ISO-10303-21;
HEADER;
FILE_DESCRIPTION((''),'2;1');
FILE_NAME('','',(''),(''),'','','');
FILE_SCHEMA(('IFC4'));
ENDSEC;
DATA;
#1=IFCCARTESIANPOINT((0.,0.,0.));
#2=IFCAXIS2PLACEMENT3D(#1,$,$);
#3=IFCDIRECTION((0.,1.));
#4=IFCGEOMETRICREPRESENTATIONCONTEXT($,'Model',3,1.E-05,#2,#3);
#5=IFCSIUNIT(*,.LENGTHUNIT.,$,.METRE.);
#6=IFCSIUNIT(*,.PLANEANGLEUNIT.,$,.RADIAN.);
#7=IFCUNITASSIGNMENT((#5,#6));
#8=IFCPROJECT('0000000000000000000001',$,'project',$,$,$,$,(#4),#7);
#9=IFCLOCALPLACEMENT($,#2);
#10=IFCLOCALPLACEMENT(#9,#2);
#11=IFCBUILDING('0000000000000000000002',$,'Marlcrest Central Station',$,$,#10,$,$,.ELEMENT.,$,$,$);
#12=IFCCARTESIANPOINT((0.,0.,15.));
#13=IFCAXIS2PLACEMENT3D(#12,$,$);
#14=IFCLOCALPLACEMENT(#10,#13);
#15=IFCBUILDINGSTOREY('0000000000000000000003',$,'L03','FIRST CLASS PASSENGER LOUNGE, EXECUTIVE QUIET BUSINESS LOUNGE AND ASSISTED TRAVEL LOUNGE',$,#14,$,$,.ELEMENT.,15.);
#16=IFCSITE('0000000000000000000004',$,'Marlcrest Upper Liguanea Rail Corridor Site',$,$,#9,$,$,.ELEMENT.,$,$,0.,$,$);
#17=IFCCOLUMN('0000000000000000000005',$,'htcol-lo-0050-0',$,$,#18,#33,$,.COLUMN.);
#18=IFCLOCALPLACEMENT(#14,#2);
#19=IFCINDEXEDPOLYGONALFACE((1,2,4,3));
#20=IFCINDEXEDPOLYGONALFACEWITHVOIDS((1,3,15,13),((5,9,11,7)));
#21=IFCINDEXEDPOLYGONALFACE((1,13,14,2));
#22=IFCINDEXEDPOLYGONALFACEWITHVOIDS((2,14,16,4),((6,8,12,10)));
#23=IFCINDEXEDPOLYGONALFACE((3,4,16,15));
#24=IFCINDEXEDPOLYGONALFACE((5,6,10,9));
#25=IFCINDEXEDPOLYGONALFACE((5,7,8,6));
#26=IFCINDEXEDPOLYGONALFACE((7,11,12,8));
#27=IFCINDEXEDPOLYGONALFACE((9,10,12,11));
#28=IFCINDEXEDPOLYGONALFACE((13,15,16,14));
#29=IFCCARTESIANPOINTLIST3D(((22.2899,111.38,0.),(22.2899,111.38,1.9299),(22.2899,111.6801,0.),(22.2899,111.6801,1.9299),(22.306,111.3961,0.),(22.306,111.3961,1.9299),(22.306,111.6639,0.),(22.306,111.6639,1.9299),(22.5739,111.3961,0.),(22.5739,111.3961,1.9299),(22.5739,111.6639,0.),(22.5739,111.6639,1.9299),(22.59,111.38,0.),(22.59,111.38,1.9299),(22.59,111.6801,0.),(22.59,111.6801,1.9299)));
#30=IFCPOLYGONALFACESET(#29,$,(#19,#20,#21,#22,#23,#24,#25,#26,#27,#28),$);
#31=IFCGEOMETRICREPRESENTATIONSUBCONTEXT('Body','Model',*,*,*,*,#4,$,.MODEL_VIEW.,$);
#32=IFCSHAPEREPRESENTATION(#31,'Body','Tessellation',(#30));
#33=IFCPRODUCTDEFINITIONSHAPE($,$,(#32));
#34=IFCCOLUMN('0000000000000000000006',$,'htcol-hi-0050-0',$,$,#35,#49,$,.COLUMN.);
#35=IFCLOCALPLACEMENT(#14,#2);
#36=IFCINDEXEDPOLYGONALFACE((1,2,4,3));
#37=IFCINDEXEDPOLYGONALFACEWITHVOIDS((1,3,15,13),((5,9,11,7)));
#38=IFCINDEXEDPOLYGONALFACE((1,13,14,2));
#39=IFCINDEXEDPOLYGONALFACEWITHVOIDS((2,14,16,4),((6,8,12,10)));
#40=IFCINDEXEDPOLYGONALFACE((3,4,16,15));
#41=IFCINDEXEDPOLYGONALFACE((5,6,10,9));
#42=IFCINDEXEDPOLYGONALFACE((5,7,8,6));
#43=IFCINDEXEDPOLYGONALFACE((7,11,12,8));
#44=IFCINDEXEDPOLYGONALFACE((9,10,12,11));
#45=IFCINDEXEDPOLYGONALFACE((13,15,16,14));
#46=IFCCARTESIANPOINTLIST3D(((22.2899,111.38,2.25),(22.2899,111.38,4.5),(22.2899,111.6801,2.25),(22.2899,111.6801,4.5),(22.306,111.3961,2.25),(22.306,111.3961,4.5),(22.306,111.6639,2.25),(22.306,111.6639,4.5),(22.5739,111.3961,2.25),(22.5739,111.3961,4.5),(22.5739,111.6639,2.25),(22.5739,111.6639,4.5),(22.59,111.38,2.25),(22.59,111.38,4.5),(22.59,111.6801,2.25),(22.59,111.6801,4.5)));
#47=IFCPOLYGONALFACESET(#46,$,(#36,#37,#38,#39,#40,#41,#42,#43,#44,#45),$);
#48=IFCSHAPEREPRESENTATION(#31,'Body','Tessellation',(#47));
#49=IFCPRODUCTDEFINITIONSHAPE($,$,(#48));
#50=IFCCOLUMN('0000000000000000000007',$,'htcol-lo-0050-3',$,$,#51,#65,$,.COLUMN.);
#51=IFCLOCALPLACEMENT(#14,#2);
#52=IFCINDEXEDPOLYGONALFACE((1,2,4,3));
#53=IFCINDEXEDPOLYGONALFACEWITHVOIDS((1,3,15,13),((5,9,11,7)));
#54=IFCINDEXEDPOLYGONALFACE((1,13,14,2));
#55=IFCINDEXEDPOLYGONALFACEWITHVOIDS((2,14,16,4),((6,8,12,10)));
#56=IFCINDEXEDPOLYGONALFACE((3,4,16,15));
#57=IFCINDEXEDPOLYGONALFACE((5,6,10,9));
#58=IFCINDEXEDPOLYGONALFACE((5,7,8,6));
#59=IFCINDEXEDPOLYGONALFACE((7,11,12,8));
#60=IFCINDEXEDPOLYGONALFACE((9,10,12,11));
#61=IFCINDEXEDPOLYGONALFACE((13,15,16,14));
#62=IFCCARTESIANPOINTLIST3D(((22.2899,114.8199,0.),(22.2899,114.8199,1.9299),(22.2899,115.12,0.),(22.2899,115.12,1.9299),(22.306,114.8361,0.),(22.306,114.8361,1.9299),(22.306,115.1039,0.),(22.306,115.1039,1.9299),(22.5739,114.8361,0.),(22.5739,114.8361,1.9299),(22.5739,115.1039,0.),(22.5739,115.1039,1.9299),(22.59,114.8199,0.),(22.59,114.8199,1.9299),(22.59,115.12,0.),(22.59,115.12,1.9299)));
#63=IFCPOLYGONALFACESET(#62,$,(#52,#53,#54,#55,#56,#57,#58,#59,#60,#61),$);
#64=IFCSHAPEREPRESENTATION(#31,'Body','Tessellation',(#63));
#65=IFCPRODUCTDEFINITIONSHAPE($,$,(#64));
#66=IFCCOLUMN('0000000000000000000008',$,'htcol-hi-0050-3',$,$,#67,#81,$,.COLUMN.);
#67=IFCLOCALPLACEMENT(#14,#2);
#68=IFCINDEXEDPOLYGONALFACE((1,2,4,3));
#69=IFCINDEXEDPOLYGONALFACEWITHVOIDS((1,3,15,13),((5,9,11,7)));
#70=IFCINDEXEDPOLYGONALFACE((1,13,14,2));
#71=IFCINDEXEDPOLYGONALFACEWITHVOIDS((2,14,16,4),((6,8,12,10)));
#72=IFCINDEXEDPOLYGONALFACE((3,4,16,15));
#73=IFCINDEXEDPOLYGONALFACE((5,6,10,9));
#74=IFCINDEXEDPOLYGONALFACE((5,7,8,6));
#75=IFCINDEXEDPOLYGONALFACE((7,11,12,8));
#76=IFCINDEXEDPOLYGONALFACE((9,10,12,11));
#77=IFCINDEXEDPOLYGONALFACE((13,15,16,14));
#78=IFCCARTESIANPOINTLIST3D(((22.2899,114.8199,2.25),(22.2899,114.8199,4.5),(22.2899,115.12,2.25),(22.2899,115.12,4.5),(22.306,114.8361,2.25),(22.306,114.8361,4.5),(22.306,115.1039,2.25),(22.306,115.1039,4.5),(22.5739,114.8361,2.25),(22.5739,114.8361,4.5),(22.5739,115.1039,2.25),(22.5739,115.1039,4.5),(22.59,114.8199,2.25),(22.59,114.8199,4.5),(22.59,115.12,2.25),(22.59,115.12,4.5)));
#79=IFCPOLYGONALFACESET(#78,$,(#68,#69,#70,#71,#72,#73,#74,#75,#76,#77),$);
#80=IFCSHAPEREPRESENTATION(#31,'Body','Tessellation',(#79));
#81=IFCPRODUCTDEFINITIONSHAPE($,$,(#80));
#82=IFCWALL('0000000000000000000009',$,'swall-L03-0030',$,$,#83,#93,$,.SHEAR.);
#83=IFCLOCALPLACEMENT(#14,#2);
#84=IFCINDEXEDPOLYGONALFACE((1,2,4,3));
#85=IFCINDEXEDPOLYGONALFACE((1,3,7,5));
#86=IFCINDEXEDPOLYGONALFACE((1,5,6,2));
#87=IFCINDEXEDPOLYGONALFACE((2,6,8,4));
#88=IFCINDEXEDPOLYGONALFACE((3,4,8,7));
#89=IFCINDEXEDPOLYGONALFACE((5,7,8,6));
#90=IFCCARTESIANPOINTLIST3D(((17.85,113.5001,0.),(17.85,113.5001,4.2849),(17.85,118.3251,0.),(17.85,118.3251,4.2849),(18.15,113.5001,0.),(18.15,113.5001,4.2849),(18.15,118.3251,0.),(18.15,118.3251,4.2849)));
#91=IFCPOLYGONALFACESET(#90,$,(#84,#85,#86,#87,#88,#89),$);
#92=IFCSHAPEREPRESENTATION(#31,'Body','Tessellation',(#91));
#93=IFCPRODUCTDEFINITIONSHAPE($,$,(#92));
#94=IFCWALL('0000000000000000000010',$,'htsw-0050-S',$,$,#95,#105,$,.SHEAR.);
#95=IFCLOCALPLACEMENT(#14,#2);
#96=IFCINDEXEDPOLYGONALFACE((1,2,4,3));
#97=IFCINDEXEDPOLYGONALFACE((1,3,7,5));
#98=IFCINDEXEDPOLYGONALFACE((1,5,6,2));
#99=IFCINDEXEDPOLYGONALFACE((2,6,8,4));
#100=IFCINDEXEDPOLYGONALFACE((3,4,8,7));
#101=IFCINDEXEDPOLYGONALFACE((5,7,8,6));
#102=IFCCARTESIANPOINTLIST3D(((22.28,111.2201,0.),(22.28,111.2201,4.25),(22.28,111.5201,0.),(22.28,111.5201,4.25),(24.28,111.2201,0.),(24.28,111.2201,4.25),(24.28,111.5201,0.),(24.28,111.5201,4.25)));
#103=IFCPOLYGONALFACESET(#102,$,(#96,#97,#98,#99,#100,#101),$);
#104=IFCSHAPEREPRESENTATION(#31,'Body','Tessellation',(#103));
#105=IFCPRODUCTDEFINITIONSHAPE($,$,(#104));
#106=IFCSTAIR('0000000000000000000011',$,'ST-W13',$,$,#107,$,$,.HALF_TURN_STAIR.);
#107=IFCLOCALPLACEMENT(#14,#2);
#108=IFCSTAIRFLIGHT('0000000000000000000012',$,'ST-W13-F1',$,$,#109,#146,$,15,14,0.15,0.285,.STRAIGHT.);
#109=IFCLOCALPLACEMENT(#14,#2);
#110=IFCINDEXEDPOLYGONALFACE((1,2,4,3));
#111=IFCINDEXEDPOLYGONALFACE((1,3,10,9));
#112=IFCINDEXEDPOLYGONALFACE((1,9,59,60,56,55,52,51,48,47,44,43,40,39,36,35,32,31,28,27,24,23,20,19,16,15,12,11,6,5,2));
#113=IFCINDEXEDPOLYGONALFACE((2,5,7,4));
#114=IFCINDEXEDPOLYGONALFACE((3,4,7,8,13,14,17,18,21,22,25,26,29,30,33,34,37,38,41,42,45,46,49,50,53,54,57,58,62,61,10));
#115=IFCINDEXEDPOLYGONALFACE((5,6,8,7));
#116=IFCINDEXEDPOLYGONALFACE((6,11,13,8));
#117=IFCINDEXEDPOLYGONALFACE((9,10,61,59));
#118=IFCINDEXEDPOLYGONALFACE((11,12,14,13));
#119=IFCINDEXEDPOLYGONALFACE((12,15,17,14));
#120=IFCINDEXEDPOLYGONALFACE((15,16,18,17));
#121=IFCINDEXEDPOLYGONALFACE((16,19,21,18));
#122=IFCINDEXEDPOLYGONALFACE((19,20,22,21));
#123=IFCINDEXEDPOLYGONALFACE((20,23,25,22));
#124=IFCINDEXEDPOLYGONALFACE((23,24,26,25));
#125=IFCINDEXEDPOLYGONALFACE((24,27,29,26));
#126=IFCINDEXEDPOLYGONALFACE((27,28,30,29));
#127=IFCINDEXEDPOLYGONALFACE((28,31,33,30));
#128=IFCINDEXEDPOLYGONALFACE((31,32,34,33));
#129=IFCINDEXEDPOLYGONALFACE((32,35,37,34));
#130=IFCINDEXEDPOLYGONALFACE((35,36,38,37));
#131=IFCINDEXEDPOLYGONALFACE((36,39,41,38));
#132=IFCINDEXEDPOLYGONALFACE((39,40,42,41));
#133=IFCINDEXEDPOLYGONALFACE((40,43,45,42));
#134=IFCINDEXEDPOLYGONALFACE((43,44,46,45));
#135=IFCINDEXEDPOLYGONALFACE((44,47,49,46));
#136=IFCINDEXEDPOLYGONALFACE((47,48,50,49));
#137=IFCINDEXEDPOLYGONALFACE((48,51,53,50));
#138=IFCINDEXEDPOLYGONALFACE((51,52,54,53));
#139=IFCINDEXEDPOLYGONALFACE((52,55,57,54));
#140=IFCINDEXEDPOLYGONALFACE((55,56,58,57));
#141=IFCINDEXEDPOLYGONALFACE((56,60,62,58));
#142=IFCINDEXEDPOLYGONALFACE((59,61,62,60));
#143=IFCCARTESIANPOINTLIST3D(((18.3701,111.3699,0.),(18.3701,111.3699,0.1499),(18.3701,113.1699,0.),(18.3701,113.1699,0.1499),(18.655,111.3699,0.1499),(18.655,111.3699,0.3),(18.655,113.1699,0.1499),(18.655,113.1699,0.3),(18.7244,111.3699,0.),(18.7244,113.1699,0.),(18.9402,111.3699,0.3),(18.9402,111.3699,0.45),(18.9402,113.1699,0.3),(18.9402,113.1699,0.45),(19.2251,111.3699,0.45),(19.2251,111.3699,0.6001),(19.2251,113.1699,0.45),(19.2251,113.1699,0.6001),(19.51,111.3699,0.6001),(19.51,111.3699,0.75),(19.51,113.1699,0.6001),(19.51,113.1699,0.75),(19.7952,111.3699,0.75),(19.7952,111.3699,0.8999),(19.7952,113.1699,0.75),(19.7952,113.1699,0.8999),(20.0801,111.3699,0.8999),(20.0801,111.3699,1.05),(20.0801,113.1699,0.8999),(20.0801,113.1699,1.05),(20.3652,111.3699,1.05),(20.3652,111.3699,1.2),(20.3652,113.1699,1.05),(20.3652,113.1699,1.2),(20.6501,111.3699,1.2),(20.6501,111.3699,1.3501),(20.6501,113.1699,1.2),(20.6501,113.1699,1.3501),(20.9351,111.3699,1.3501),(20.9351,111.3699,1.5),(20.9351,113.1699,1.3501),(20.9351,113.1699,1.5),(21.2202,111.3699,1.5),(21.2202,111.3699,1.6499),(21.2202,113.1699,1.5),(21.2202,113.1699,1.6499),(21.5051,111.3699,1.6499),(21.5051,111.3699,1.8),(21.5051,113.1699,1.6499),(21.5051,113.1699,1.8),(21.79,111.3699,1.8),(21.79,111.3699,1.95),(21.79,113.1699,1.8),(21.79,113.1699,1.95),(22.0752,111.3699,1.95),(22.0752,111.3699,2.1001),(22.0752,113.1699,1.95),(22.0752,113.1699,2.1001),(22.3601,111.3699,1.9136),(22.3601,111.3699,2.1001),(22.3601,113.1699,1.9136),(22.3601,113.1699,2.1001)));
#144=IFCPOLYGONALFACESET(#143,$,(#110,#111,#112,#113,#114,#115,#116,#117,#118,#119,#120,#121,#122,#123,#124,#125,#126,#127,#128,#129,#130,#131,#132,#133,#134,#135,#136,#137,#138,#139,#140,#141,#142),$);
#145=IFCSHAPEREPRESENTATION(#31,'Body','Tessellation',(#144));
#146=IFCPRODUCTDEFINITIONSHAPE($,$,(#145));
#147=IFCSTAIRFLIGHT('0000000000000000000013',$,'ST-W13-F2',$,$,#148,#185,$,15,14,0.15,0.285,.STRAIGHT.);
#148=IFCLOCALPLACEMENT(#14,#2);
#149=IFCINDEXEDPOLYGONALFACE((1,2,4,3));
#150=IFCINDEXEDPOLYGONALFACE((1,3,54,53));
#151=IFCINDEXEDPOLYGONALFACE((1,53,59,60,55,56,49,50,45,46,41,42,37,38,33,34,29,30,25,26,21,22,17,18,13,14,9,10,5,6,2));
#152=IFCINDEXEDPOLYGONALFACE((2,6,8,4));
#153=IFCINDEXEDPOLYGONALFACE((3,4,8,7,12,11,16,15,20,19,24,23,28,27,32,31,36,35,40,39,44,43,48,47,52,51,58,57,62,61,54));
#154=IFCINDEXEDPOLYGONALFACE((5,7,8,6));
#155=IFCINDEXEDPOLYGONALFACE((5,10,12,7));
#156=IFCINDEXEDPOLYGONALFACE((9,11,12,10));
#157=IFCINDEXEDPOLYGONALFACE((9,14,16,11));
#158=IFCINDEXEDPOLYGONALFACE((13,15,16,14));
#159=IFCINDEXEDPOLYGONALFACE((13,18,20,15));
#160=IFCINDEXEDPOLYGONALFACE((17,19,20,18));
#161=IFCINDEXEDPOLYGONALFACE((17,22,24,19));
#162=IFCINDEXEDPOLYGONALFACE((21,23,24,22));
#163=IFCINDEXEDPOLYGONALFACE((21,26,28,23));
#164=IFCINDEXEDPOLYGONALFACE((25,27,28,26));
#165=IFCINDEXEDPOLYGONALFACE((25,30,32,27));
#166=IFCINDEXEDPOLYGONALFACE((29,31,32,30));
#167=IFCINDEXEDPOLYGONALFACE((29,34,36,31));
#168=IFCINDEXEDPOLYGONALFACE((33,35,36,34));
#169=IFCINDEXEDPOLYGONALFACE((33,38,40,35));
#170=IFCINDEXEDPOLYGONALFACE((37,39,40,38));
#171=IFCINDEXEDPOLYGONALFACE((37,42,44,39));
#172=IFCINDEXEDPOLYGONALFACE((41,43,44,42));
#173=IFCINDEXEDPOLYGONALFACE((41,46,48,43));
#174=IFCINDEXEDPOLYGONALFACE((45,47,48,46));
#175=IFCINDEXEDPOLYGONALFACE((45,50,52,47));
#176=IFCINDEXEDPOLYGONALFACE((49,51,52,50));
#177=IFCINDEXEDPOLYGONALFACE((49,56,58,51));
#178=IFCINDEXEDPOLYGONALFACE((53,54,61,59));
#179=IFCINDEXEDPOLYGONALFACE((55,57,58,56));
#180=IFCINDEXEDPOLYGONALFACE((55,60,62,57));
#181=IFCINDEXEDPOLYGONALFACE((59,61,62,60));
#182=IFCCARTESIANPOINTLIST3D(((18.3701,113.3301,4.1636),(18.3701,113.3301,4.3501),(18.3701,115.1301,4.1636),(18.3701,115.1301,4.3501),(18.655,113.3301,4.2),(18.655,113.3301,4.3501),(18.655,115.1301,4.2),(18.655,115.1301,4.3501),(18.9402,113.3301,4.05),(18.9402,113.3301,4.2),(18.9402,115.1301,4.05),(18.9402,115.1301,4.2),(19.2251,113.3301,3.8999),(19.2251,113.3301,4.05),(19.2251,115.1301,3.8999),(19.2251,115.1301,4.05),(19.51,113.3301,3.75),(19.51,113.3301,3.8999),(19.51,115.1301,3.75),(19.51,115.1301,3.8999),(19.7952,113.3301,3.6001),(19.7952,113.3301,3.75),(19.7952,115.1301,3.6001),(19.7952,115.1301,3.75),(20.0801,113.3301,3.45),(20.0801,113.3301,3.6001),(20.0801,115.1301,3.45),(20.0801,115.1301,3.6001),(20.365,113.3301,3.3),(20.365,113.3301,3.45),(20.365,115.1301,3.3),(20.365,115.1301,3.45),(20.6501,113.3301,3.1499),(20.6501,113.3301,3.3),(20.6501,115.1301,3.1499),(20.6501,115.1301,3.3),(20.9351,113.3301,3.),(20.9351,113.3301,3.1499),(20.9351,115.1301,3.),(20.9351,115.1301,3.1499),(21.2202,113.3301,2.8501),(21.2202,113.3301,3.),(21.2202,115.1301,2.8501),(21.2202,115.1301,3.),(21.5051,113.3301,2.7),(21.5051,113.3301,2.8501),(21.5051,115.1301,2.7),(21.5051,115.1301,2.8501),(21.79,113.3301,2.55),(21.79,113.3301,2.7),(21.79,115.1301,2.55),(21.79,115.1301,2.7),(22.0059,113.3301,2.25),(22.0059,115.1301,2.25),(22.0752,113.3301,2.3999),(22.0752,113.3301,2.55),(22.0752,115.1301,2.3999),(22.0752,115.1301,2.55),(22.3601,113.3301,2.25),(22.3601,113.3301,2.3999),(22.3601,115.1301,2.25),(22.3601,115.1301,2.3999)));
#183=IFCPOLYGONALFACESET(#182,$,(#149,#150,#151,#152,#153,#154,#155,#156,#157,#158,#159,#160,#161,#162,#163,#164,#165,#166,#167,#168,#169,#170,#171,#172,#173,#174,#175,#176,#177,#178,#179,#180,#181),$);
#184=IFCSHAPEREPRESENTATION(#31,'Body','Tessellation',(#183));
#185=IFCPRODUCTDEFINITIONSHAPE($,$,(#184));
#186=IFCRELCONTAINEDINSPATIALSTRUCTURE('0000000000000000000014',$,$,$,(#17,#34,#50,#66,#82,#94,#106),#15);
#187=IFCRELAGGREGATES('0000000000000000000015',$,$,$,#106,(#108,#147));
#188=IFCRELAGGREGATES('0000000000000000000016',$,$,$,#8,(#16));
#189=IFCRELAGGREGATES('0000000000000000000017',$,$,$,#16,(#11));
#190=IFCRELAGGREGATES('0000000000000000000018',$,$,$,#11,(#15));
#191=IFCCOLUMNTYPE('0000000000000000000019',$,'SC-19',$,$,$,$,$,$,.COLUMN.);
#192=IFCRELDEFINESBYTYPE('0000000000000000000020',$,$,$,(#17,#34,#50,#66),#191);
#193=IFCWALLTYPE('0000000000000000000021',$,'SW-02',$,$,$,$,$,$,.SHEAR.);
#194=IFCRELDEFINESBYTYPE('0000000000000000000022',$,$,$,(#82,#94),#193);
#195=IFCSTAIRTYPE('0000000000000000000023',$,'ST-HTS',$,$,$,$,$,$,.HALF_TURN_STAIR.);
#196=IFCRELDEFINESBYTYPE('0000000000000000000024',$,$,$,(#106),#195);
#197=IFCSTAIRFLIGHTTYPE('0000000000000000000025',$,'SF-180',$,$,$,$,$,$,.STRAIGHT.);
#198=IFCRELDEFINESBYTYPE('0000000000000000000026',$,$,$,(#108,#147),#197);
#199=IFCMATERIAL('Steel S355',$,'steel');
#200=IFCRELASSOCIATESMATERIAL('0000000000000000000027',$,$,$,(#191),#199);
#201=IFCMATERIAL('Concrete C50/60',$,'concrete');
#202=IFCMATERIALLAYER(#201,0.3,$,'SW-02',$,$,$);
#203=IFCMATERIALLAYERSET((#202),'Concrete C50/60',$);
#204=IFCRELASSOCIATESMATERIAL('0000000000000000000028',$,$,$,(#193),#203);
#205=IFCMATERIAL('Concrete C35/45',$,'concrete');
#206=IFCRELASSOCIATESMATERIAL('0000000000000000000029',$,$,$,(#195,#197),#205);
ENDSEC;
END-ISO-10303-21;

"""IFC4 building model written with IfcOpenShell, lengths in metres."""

from ifc_helpers import new_model, si_unit, direction, frame, frame_2d, origin, origin_2d, place, context, subcontext, project, spatial, polyline, rectangle, hollow_rectangle, outline, extrude, material, layer, layer_set, material_profile, profile_set, type_object, element, aggregate, save


model = new_model("IFC4")

# Units and contexts
model_context = context("Model", 3, precision=1e-05, world=origin(), true_north=direction((0.0, 1.0)))
body_context = subcontext(model_context, "Body", "Model", "MODEL_VIEW")
ifc_project = project(units=[si_unit("LENGTHUNIT", "METRE"), si_unit("PLANEANGLEUNIT", "RADIAN")], contexts=[model_context])

# Site, building, storey
site_placement = place(None, origin())
site = spatial("IfcSite", under=ifc_project, at=site_placement, Name="Marlcrest Upper Liguanea Rail Corridor Site", CompositionType="ELEMENT", RefElevation=0.0)
building_placement = place(site_placement, origin())
building = spatial("IfcBuilding", under=site, at=building_placement, Name="Marlcrest Central Station", CompositionType="ELEMENT")
storey_placement = place(building_placement, frame((0.0, 0.0, 15.0)))
storey = spatial("IfcBuildingStorey", under=building, at=storey_placement, Name="L03", Description="FIRST CLASS PASSENGER LOUNGE, EXECUTIVE QUIET BUSINESS LOUNGE AND ASSISTED TRAVEL LOUNGE", CompositionType="ELEMENT", Elevation=15.0)

# Columns
ifc_material_1 = material(Name="Steel S355", Category="steel")
ifc_material_profile = material_profile(ifc_material_1, hollow_rectangle(XDim=0.3, YDim=0.3, WallThickness=0.0161, at=origin_2d()), Name="SHS 300x300x16")
ifc_profile_set = profile_set([ifc_material_profile], Name="Steel S355")
column_type = type_object("IfcColumnType", Name="SC-19", PredefinedType="COLUMN", material=ifc_profile_set)
column_1_placement = place(storey_placement, frame((22.4399, 111.53, 0.0), z_axis=(0.0, 0.0, 1.0), x_axis=(1.0, 0.0, 0.0)))
element("IfcColumn", 1, at=column_1_placement, inside=storey, type_object=column_type, Name="htcol-lo-0050-0", PredefinedType="COLUMN", context=body_context, shape_type="SweptSolid", body=[
    extrude(hollow_rectangle(XDim=0.3, YDim=0.3, WallThickness=0.0161, at=origin_2d()), origin(), (0.0, 0.0, 1.0), 1.9299),
])
column_2_placement = place(storey_placement, frame((22.4399, 111.53, 2.25), z_axis=(0.0, 0.0, 1.0), x_axis=(1.0, 0.0, 0.0)))
element("IfcColumn", 2, at=column_2_placement, inside=storey, type_object=column_type, Name="htcol-hi-0050-0", PredefinedType="COLUMN", context=body_context, shape_type="SweptSolid", body=[
    extrude(hollow_rectangle(XDim=0.3, YDim=0.3, WallThickness=0.0161, at=origin_2d()), origin(), (0.0, 0.0, 1.0), 2.25),
])
column_3_placement = place(storey_placement, frame((22.4399, 114.97, 0.0), z_axis=(0.0, 0.0, 1.0), x_axis=(1.0, 0.0, 0.0)))
element("IfcColumn", 3, at=column_3_placement, inside=storey, type_object=column_type, Name="htcol-lo-0050-3", PredefinedType="COLUMN", context=body_context, shape_type="SweptSolid", body=[
    extrude(hollow_rectangle(XDim=0.3, YDim=0.3, WallThickness=0.0161, at=origin_2d()), origin(), (0.0, 0.0, 1.0), 1.9299),
])
column_4_placement = place(storey_placement, frame((22.4399, 114.97, 2.25), z_axis=(0.0, 0.0, 1.0), x_axis=(1.0, 0.0, 0.0)))
element("IfcColumn", 4, at=column_4_placement, inside=storey, type_object=column_type, Name="htcol-hi-0050-3", PredefinedType="COLUMN", context=body_context, shape_type="SweptSolid", body=[
    extrude(hollow_rectangle(XDim=0.3, YDim=0.3, WallThickness=0.0161, at=origin_2d()), origin(), (0.0, 0.0, 1.0), 2.25),
])

# Walls
ifc_material_2 = material(Name="Concrete C50/60", Category="concrete")
ifc_layer = layer(ifc_material_2, 0.3, Name="SW-02")
ifc_layer_set = layer_set([ifc_layer], Name="Concrete C50/60")
wall_type = type_object("IfcWallType", Name="SW-02", PredefinedType="SHEAR", material=ifc_layer_set)
wall_1_placement = place(storey_placement, frame((18.0, 113.5, 0.0), z_axis=(0.0, 0.0, 1.0), x_axis=(0.0, 1.0, 0.0)))
element("IfcWall", 5, at=wall_1_placement, inside=storey, type_object=wall_type, Name="swall-L03-0030", PredefinedType="SHEAR", context=body_context, shape_type="SweptSolid", body=[
    extrude(rectangle(XDim=4.825, YDim=0.3, at=frame_2d((2.4126, 0.0))), origin(), (0.0, 0.0, 1.0), 4.2849),
])
wall_2_placement = place(storey_placement, frame((22.28, 111.3701, 0.0), z_axis=(0.0, 0.0, 1.0), x_axis=(1.0, 0.0, 0.0)))
element("IfcWall", 6, at=wall_2_placement, inside=storey, type_object=wall_type, Name="htsw-0050-S", PredefinedType="SHEAR", context=body_context, shape_type="SweptSolid", body=[
    extrude(rectangle(XDim=2.0, YDim=0.3, at=frame_2d((1.0, 0.0))), origin(), (0.0, 0.0, 1.0), 4.25),
])

# Stair, stair flights
ifc_material_3 = material(Name="Concrete C35/45", Category="concrete")
stair_type = type_object("IfcStairType", Name="ST-HTS", PredefinedType="HALF_TURN_STAIR", material=ifc_material_3)
stair_placement = place(storey_placement, origin())
stair = element("IfcStair", 7, at=stair_placement, inside=storey, type_object=stair_type, Name="ST-W13", PredefinedType="HALF_TURN_STAIR")
stair_flight_type = type_object("IfcStairFlightType", Name="SF-180", PredefinedType="STRAIGHT", material=ifc_material_3)
stair_flight_1_placement = place(storey_placement, frame((18.3701, 112.27, 0.0), z_axis=(0.0, 0.0, 1.0), x_axis=(1.0, 0.0, 0.0)))
stair_flight_1 = element("IfcStairFlight", 8, at=stair_flight_1_placement, type_object=stair_flight_type, Name="ST-W13-F1", NumberOfRisers=15, NumberOfTreads=14, PredefinedType="STRAIGHT", RiserHeight=0.15, TreadLength=0.285, context=body_context, shape_type="SweptSolid", body=[
    extrude(outline(polyline([(0.0, 0.0), (0.0, 0.1499), (0.2849, 0.1499), (0.2849, 0.3), (0.5701, 0.3), (0.5701, 0.45), (0.855, 0.45), (0.855, 0.6001), (1.1399, 0.6001), (1.1399, 0.75), (1.425, 0.75), (1.425, 0.8999), (1.71, 0.8999), (1.71, 1.05), (1.9951, 1.05), (1.9951, 1.2), (2.28, 1.2), (2.28, 1.3501), (2.5649, 1.3501), (2.5649, 1.5), (2.8501, 1.5), (2.8501, 1.6499), (3.135, 1.6499), (3.135, 1.8), (3.4199, 1.8), (3.4199, 1.95), (3.7051, 1.95), (3.7051, 2.1001), (3.99, 2.1001), (3.99, 2.25), (3.99, 1.9136), (0.3542, 0.0), (0.0, 0.0)])), frame((0.0, 0.8999, 0.0), z_axis=(0.0, -1.0, 0.0), x_axis=(1.0, 0.0, 0.0)), (0.0, 0.0, 1.0), 1.8),
])
stair_flight_2_placement = place(storey_placement, frame((22.3601, 114.23, 2.25), z_axis=(0.0, 0.0, 1.0), x_axis=(-1.0, 0.0, 0.0)))
stair_flight_2 = element("IfcStairFlight", 9, at=stair_flight_2_placement, type_object=stair_flight_type, Name="ST-W13-F2", NumberOfRisers=15, NumberOfTreads=14, PredefinedType="STRAIGHT", RiserHeight=0.15, TreadLength=0.285, context=body_context, shape_type="SweptSolid", body=[
    extrude(outline(polyline([(0.0, 0.0), (0.0, 0.1499), (0.2849, 0.1499), (0.2849, 0.3), (0.5701, 0.3), (0.5701, 0.45), (0.855, 0.45), (0.855, 0.6001), (1.1399, 0.6001), (1.1399, 0.75), (1.425, 0.75), (1.425, 0.8999), (1.71, 0.8999), (1.71, 1.05), (1.9951, 1.05), (1.9951, 1.2), (2.28, 1.2), (2.28, 1.3501), (2.5649, 1.3501), (2.5649, 1.5), (2.8501, 1.5), (2.8501, 1.6499), (3.135, 1.6499), (3.135, 1.8), (3.4199, 1.8), (3.4199, 1.95), (3.7051, 1.95), (3.7051, 2.1001), (3.99, 2.1001), (3.99, 2.25), (3.99, 1.9136), (0.3542, 0.0), (0.0, 0.0)])), frame((0.0, 0.8999, 0.0), z_axis=(0.0, -1.0, 0.0), x_axis=(1.0, 0.0, 0.0)), (0.0, 0.0, 1.0), 1.8),
])
aggregate(stair, [stair_flight_1, stair_flight_2])

save(model, "model.ifc")
